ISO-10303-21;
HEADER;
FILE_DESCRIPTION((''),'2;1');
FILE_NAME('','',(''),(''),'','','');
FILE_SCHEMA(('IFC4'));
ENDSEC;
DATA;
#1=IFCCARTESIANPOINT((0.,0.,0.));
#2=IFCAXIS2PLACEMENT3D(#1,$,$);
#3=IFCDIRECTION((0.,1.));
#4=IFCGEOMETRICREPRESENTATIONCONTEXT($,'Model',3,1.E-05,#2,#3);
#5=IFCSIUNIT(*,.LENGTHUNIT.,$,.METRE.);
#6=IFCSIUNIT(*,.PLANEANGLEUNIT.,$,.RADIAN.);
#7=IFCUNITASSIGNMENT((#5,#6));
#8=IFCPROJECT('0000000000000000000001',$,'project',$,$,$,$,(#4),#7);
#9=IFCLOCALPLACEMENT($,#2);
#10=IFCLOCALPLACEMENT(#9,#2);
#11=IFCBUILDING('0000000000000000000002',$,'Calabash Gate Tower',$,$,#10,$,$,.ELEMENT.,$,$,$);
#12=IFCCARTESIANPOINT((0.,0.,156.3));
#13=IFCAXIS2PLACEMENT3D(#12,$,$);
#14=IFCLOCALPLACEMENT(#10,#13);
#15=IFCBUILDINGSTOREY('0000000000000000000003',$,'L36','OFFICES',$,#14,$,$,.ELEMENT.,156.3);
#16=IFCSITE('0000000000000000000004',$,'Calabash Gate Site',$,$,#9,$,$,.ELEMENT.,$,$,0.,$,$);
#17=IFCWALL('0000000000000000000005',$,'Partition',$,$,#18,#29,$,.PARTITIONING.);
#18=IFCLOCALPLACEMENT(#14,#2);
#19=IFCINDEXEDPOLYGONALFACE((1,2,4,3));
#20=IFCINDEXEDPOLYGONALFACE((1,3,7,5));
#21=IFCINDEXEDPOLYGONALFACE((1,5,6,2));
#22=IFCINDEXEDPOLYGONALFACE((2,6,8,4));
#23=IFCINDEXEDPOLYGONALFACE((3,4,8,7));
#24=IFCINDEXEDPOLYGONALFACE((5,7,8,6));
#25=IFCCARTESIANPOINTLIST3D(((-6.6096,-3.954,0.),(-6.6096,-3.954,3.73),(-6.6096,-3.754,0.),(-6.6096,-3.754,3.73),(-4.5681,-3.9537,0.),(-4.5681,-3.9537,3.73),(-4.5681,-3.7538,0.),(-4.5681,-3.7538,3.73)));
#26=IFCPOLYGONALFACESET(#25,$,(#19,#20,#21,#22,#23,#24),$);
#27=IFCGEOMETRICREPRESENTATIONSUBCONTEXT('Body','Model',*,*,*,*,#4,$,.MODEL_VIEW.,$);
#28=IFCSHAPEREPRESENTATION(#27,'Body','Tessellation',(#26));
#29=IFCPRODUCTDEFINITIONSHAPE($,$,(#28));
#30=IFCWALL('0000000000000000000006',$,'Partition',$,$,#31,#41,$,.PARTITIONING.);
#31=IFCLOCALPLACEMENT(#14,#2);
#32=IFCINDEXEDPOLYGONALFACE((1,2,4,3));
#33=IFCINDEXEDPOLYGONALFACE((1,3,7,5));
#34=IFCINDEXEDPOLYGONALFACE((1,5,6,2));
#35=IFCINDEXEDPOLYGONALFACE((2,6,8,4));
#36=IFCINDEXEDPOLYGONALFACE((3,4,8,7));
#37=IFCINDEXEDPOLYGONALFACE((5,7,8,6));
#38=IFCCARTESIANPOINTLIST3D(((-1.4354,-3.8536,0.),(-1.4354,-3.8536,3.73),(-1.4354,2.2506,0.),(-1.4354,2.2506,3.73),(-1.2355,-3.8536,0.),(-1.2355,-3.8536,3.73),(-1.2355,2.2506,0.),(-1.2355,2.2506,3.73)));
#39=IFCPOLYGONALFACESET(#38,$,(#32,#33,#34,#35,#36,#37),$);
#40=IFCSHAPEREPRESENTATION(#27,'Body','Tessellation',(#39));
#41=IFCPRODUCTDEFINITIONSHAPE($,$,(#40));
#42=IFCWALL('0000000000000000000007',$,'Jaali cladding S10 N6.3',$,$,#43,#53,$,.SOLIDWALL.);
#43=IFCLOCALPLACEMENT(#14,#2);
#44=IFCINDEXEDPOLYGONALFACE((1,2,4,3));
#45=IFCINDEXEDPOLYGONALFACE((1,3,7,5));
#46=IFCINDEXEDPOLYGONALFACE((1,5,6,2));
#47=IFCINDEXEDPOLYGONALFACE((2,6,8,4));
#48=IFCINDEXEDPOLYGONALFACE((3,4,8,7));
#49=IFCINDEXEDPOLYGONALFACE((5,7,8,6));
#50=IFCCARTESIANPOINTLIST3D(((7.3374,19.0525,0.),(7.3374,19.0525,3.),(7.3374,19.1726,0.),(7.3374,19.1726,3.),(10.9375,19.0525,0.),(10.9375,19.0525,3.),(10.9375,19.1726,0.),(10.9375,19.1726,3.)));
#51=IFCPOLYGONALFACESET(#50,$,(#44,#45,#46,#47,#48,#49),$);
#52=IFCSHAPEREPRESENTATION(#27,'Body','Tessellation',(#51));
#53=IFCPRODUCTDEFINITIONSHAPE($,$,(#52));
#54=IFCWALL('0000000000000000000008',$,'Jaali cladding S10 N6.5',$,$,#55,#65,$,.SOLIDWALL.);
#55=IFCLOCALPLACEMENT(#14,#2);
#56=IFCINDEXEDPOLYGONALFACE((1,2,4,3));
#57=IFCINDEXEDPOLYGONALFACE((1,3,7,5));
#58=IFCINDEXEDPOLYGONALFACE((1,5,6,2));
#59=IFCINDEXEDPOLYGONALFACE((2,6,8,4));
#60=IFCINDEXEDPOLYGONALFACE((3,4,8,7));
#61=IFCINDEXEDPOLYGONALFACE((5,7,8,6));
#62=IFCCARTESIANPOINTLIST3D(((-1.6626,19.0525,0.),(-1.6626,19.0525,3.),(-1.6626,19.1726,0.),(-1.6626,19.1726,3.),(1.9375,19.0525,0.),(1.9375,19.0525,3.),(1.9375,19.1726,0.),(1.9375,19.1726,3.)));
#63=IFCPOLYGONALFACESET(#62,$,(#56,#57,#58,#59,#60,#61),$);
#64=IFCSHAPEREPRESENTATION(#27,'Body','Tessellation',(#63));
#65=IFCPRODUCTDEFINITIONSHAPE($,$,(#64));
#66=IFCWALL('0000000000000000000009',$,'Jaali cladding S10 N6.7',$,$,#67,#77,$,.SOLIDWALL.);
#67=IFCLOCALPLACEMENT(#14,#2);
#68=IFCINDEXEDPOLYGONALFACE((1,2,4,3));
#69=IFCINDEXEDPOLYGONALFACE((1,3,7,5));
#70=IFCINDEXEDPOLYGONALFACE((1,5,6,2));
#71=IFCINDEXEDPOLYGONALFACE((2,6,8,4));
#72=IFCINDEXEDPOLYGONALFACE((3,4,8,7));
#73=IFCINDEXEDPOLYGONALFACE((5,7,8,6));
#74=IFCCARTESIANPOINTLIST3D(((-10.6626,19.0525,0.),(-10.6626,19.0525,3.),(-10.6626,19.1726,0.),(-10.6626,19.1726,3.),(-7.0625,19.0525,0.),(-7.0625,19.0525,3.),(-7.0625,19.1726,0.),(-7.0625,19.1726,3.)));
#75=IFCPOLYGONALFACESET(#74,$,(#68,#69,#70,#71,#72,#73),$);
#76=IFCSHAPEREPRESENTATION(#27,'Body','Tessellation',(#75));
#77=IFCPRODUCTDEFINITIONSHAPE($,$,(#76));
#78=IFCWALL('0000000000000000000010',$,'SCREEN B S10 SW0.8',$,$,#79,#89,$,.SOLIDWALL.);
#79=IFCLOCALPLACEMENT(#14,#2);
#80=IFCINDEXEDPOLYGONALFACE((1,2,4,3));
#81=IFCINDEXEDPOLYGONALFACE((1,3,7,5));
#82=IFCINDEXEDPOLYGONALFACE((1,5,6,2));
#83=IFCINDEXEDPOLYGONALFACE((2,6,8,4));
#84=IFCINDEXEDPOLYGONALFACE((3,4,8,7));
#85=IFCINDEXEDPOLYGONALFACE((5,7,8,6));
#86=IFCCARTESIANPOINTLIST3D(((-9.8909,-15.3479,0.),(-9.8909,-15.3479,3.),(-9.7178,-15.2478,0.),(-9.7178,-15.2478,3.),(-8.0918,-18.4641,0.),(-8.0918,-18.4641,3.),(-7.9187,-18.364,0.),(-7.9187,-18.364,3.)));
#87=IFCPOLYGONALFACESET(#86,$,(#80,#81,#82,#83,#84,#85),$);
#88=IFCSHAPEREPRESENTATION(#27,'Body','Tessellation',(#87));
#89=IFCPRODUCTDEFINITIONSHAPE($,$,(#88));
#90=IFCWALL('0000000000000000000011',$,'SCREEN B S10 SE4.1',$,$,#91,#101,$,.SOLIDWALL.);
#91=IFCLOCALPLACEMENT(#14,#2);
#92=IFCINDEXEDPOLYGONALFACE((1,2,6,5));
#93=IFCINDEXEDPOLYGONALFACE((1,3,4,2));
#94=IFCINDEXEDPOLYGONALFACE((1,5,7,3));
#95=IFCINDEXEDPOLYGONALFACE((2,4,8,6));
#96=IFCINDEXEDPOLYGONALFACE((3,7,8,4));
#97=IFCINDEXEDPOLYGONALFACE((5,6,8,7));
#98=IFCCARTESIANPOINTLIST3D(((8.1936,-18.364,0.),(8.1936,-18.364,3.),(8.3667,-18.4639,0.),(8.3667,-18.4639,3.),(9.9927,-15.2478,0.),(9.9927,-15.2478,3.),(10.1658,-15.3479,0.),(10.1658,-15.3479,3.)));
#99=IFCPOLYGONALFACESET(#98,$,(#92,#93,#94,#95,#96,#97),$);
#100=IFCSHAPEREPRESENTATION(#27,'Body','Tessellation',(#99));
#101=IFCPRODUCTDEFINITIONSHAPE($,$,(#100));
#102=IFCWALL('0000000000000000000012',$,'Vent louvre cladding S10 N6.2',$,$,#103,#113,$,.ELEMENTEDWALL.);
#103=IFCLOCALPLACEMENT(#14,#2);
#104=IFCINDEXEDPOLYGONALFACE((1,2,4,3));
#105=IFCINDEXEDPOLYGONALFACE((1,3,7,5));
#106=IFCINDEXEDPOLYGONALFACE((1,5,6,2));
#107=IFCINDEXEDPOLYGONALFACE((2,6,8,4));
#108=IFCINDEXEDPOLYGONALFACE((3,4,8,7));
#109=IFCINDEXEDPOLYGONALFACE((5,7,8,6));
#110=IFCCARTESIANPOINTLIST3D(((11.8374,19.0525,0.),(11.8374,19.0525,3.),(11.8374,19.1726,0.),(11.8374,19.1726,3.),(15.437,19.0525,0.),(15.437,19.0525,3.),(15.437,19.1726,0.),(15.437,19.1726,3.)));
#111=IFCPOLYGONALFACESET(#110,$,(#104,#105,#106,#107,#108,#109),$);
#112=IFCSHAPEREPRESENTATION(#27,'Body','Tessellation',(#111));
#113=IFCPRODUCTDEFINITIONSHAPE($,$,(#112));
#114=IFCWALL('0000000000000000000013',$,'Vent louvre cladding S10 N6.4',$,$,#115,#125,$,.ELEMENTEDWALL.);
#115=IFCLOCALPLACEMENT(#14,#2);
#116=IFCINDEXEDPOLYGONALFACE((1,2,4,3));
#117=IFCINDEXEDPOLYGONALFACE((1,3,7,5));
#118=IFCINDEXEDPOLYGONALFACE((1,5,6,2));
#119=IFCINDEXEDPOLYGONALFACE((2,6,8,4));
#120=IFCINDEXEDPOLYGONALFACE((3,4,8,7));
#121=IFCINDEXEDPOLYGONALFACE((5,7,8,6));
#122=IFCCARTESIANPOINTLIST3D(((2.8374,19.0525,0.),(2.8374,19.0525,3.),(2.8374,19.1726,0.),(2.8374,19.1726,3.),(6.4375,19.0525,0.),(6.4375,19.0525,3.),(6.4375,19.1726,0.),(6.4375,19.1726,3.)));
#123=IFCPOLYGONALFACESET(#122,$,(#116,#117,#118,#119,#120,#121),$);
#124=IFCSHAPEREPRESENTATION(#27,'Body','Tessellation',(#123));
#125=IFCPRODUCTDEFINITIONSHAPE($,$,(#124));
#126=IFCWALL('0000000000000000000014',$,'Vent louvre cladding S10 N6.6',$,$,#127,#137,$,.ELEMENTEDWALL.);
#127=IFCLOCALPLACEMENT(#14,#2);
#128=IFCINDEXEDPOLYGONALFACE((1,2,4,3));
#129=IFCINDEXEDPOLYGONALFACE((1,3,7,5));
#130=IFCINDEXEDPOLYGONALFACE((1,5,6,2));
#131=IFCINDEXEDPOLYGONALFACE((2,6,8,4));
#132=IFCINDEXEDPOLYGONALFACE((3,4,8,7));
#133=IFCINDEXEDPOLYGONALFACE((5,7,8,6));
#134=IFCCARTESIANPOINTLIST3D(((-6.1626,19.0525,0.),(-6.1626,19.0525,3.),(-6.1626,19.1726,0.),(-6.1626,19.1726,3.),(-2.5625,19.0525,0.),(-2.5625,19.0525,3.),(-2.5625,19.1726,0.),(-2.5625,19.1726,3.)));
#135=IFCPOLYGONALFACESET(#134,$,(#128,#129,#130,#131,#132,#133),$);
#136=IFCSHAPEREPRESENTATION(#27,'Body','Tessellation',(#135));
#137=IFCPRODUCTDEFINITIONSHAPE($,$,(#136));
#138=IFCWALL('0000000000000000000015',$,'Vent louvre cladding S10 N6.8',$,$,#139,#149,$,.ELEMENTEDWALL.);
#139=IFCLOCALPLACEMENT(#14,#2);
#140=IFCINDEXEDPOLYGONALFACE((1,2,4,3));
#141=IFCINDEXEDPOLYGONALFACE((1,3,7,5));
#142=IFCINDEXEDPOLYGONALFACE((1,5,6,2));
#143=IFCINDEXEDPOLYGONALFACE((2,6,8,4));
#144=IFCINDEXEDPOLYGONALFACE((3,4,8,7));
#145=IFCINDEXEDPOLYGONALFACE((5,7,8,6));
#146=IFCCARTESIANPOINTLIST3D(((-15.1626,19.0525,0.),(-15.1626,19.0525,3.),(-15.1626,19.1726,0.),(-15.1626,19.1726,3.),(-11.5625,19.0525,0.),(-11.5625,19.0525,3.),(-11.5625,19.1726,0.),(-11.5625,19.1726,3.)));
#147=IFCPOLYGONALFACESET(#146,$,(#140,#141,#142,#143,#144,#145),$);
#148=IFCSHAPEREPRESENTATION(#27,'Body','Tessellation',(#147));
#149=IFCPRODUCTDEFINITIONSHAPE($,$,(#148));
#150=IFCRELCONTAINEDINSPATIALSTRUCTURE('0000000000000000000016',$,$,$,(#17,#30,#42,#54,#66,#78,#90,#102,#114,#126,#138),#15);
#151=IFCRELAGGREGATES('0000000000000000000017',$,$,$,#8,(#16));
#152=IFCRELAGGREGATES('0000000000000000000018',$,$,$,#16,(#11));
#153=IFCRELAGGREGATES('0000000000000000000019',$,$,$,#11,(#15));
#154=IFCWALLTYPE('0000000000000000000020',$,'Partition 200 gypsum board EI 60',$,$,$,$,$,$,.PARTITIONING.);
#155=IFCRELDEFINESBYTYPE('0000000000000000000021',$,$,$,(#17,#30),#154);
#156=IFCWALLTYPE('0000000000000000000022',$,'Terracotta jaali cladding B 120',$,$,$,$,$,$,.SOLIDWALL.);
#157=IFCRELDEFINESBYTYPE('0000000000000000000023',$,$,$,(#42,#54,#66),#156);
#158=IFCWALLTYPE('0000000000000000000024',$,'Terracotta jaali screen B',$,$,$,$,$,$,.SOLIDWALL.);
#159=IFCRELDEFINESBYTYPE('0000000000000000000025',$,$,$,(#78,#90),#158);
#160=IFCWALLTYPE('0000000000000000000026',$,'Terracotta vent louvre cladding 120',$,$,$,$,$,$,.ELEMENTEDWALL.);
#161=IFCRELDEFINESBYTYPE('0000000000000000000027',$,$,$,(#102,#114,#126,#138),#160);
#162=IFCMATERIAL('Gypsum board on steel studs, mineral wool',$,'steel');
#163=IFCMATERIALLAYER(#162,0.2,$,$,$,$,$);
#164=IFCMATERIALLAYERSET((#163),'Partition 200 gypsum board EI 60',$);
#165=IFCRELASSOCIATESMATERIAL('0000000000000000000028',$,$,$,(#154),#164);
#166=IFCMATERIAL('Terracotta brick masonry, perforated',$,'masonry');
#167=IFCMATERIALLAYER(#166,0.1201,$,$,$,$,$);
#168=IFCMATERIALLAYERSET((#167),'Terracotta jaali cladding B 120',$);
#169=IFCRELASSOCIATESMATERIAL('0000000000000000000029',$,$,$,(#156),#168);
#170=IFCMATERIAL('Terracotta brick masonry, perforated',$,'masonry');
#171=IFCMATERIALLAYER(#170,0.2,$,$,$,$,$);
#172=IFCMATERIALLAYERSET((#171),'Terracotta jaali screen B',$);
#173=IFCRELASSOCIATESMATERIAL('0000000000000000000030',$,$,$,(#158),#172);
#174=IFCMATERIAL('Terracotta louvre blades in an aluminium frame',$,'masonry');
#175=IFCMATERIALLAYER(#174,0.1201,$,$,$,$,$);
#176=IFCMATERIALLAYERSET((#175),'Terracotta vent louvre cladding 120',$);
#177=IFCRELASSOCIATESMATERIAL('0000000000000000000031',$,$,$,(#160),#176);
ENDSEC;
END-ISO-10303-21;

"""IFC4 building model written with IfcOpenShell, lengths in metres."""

from ifc_helpers import new_model, si_unit, direction, frame, frame_2d, origin, place, context, subcontext, project, spatial, polyline, rectangle, outline, extrude, material, layer, layer_set, type_object, element, save


model = new_model("IFC4")

# Units and contexts
model_context = context("Model", 3, precision=1e-05, world=origin(), true_north=direction((0.0, 1.0)))
body_context = subcontext(model_context, "Body", "Model", "MODEL_VIEW")
ifc_project = project(units=[si_unit("LENGTHUNIT", "METRE"), si_unit("PLANEANGLEUNIT", "RADIAN")], contexts=[model_context])

# Site, building, storey
site_placement = place(None, origin())
site = spatial("IfcSite", under=ifc_project, at=site_placement, Name="Calabash Gate Site", CompositionType="ELEMENT", RefElevation=0.0)
building_placement = place(site_placement, origin())
building = spatial("IfcBuilding", under=site, at=building_placement, Name="Calabash Gate Tower", CompositionType="ELEMENT")
storey_placement = place(building_placement, frame((0.0, 0.0, 156.3)))
storey = spatial("IfcBuildingStorey", under=building, at=storey_placement, Name="L36", Description="OFFICES", CompositionType="ELEMENT", Elevation=156.3)

# Walls
ifc_material_1 = material(Name="Gypsum board on steel studs, mineral wool", Category="steel")
ifc_layer_1 = layer(ifc_material_1, 0.2)
ifc_layer_set_1 = layer_set([ifc_layer_1], Name="Partition 200 gypsum board EI 60")
wall_type_1 = type_object("IfcWallType", Name="Partition 200 gypsum board EI 60", PredefinedType="PARTITIONING", material=ifc_layer_set_1)
wall_1_placement = place(storey_placement, frame((-6.6096, -3.854, 0.0), z_axis=(0.0, 0.0, 1.0), x_axis=(1.0, 0.00012, 0.0)))
element("IfcWall", 1, at=wall_1_placement, inside=storey, type_object=wall_type_1, Name="Partition", PredefinedType="PARTITIONING", context=body_context, shape_type="SweptSolid", body=[
    extrude(rectangle(XDim=2.0415, YDim=0.2, at=frame_2d((1.0208, 0.0))), origin(), (0.0, 0.0, 1.0), 3.73),
])
wall_2_placement = place(storey_placement, frame((-1.3354, -3.8538, 0.0), z_axis=(0.0, 0.0, 1.0), x_axis=(0.0, 1.0, 0.0)))
element("IfcWall", 2, at=wall_2_placement, inside=storey, type_object=wall_type_1, Name="Partition", PredefinedType="PARTITIONING", context=body_context, shape_type="SweptSolid", body=[
    extrude(rectangle(XDim=6.1042, YDim=0.2, at=frame_2d((3.0522, 0.0))), origin(), (0.0, 0.0, 1.0), 3.73),
])
ifc_material_2 = material(Name="Terracotta brick masonry, perforated", Category="masonry")
ifc_layer_2 = layer(ifc_material_2, 0.1201)
ifc_layer_set_2 = layer_set([ifc_layer_2], Name="Terracotta jaali cladding B 120")
wall_type_2 = type_object("IfcWallType", Name="Terracotta jaali cladding B 120", PredefinedType="SOLIDWALL", material=ifc_layer_set_2)
wall_3_placement = place(storey_placement, origin())
element("IfcWall", 3, at=wall_3_placement, inside=storey, type_object=wall_type_2, Name="Jaali cladding S10 N6.3", PredefinedType="SOLIDWALL", context=body_context, shape_type="SweptSolid", body=[
    extrude(outline(polyline([(7.3374, 19.1726), (7.3374, 19.0525), (10.9375, 19.0525), (10.9375, 19.1726), (7.3374, 19.1726)])), origin(), (0.0, 0.0, 1.0), 3.0),
])
wall_4_placement = place(storey_placement, origin())
element("IfcWall", 4, at=wall_4_placement, inside=storey, type_object=wall_type_2, Name="Jaali cladding S10 N6.5", PredefinedType="SOLIDWALL", context=body_context, shape_type="SweptSolid", body=[
    extrude(outline(polyline([(-1.6626, 19.1726), (-1.6626, 19.0525), (1.9375, 19.0525), (1.9375, 19.1726), (-1.6626, 19.1726)])), origin(), (0.0, 0.0, 1.0), 3.0),
])
wall_5_placement = place(storey_placement, origin())
element("IfcWall", 5, at=wall_5_placement, inside=storey, type_object=wall_type_2, Name="Jaali cladding S10 N6.7", PredefinedType="SOLIDWALL", context=body_context, shape_type="SweptSolid", body=[
    extrude(outline(polyline([(-10.6626, 19.1726), (-10.6626, 19.0525), (-7.0625, 19.0525), (-7.0625, 19.1726), (-10.6626, 19.1726)])), origin(), (0.0, 0.0, 1.0), 3.0),
])
ifc_material_3 = material(Name="Terracotta brick masonry, perforated", Category="masonry")
ifc_layer_3 = layer(ifc_material_3, 0.2)
ifc_layer_set_3 = layer_set([ifc_layer_3], Name="Terracotta jaali screen B")
wall_type_3 = type_object("IfcWallType", Name="Terracotta jaali screen B", PredefinedType="SOLIDWALL", material=ifc_layer_set_3)
wall_6_placement = place(storey_placement, origin())
element("IfcWall", 6, at=wall_6_placement, inside=storey, type_object=wall_type_3, Name="SCREEN B S10 SW0.8", PredefinedType="SOLIDWALL", context=body_context, shape_type="SweptSolid", body=[
    extrude(outline(polyline([(-9.8909, -15.3479), (-8.0918, -18.4641), (-7.9187, -18.364), (-9.7178, -15.2478), (-9.8909, -15.3479)])), origin(), (0.0, 0.0, 1.0), 3.0),
])
wall_7_placement = place(storey_placement, origin())
element("IfcWall", 7, at=wall_7_placement, inside=storey, type_object=wall_type_3, Name="SCREEN B S10 SE4.1", PredefinedType="SOLIDWALL", context=body_context, shape_type="SweptSolid", body=[
    extrude(outline(polyline([(9.9927, -15.2478), (8.1936, -18.364), (8.3667, -18.4639), (10.1658, -15.3479), (9.9927, -15.2478)])), origin(), (0.0, 0.0, 1.0), 3.0),
])
ifc_material_4 = material(Name="Terracotta louvre blades in an aluminium frame", Category="masonry")
ifc_layer_4 = layer(ifc_material_4, 0.1201)
ifc_layer_set_4 = layer_set([ifc_layer_4], Name="Terracotta vent louvre cladding 120")
wall_type_4 = type_object("IfcWallType", Name="Terracotta vent louvre cladding 120", PredefinedType="ELEMENTEDWALL", material=ifc_layer_set_4)
wall_8_placement = place(storey_placement, origin())
element("IfcWall", 8, at=wall_8_placement, inside=storey, type_object=wall_type_4, Name="Vent louvre cladding S10 N6.2", PredefinedType="ELEMENTEDWALL", context=body_context, shape_type="SweptSolid", body=[
    extrude(outline(polyline([(11.8374, 19.1726), (11.8374, 19.0525), (15.437, 19.0525), (15.437, 19.1726), (11.8374, 19.1726)])), origin(), (0.0, 0.0, 1.0), 3.0),
])
wall_9_placement = place(storey_placement, origin())
element("IfcWall", 9, at=wall_9_placement, inside=storey, type_object=wall_type_4, Name="Vent louvre cladding S10 N6.4", PredefinedType="ELEMENTEDWALL", context=body_context, shape_type="SweptSolid", body=[
    extrude(outline(polyline([(2.8374, 19.1726), (2.8374, 19.0525), (6.4375, 19.0525), (6.4375, 19.1726), (2.8374, 19.1726)])), origin(), (0.0, 0.0, 1.0), 3.0),
])
wall_10_placement = place(storey_placement, origin())
element("IfcWall", 10, at=wall_10_placement, inside=storey, type_object=wall_type_4, Name="Vent louvre cladding S10 N6.6", PredefinedType="ELEMENTEDWALL", context=body_context, shape_type="SweptSolid", body=[
    extrude(outline(polyline([(-6.1626, 19.1726), (-6.1626, 19.0525), (-2.5625, 19.0525), (-2.5625, 19.1726), (-6.1626, 19.1726)])), origin(), (0.0, 0.0, 1.0), 3.0),
])
wall_11_placement = place(storey_placement, origin())
element("IfcWall", 11, at=wall_11_placement, inside=storey, type_object=wall_type_4, Name="Vent louvre cladding S10 N6.8", PredefinedType="ELEMENTEDWALL", context=body_context, shape_type="SweptSolid", body=[
    extrude(outline(polyline([(-15.1626, 19.1726), (-15.1626, 19.0525), (-11.5625, 19.0525), (-11.5625, 19.1726), (-15.1626, 19.1726)])), origin(), (0.0, 0.0, 1.0), 3.0),
])

save(model, "model.ifc")
